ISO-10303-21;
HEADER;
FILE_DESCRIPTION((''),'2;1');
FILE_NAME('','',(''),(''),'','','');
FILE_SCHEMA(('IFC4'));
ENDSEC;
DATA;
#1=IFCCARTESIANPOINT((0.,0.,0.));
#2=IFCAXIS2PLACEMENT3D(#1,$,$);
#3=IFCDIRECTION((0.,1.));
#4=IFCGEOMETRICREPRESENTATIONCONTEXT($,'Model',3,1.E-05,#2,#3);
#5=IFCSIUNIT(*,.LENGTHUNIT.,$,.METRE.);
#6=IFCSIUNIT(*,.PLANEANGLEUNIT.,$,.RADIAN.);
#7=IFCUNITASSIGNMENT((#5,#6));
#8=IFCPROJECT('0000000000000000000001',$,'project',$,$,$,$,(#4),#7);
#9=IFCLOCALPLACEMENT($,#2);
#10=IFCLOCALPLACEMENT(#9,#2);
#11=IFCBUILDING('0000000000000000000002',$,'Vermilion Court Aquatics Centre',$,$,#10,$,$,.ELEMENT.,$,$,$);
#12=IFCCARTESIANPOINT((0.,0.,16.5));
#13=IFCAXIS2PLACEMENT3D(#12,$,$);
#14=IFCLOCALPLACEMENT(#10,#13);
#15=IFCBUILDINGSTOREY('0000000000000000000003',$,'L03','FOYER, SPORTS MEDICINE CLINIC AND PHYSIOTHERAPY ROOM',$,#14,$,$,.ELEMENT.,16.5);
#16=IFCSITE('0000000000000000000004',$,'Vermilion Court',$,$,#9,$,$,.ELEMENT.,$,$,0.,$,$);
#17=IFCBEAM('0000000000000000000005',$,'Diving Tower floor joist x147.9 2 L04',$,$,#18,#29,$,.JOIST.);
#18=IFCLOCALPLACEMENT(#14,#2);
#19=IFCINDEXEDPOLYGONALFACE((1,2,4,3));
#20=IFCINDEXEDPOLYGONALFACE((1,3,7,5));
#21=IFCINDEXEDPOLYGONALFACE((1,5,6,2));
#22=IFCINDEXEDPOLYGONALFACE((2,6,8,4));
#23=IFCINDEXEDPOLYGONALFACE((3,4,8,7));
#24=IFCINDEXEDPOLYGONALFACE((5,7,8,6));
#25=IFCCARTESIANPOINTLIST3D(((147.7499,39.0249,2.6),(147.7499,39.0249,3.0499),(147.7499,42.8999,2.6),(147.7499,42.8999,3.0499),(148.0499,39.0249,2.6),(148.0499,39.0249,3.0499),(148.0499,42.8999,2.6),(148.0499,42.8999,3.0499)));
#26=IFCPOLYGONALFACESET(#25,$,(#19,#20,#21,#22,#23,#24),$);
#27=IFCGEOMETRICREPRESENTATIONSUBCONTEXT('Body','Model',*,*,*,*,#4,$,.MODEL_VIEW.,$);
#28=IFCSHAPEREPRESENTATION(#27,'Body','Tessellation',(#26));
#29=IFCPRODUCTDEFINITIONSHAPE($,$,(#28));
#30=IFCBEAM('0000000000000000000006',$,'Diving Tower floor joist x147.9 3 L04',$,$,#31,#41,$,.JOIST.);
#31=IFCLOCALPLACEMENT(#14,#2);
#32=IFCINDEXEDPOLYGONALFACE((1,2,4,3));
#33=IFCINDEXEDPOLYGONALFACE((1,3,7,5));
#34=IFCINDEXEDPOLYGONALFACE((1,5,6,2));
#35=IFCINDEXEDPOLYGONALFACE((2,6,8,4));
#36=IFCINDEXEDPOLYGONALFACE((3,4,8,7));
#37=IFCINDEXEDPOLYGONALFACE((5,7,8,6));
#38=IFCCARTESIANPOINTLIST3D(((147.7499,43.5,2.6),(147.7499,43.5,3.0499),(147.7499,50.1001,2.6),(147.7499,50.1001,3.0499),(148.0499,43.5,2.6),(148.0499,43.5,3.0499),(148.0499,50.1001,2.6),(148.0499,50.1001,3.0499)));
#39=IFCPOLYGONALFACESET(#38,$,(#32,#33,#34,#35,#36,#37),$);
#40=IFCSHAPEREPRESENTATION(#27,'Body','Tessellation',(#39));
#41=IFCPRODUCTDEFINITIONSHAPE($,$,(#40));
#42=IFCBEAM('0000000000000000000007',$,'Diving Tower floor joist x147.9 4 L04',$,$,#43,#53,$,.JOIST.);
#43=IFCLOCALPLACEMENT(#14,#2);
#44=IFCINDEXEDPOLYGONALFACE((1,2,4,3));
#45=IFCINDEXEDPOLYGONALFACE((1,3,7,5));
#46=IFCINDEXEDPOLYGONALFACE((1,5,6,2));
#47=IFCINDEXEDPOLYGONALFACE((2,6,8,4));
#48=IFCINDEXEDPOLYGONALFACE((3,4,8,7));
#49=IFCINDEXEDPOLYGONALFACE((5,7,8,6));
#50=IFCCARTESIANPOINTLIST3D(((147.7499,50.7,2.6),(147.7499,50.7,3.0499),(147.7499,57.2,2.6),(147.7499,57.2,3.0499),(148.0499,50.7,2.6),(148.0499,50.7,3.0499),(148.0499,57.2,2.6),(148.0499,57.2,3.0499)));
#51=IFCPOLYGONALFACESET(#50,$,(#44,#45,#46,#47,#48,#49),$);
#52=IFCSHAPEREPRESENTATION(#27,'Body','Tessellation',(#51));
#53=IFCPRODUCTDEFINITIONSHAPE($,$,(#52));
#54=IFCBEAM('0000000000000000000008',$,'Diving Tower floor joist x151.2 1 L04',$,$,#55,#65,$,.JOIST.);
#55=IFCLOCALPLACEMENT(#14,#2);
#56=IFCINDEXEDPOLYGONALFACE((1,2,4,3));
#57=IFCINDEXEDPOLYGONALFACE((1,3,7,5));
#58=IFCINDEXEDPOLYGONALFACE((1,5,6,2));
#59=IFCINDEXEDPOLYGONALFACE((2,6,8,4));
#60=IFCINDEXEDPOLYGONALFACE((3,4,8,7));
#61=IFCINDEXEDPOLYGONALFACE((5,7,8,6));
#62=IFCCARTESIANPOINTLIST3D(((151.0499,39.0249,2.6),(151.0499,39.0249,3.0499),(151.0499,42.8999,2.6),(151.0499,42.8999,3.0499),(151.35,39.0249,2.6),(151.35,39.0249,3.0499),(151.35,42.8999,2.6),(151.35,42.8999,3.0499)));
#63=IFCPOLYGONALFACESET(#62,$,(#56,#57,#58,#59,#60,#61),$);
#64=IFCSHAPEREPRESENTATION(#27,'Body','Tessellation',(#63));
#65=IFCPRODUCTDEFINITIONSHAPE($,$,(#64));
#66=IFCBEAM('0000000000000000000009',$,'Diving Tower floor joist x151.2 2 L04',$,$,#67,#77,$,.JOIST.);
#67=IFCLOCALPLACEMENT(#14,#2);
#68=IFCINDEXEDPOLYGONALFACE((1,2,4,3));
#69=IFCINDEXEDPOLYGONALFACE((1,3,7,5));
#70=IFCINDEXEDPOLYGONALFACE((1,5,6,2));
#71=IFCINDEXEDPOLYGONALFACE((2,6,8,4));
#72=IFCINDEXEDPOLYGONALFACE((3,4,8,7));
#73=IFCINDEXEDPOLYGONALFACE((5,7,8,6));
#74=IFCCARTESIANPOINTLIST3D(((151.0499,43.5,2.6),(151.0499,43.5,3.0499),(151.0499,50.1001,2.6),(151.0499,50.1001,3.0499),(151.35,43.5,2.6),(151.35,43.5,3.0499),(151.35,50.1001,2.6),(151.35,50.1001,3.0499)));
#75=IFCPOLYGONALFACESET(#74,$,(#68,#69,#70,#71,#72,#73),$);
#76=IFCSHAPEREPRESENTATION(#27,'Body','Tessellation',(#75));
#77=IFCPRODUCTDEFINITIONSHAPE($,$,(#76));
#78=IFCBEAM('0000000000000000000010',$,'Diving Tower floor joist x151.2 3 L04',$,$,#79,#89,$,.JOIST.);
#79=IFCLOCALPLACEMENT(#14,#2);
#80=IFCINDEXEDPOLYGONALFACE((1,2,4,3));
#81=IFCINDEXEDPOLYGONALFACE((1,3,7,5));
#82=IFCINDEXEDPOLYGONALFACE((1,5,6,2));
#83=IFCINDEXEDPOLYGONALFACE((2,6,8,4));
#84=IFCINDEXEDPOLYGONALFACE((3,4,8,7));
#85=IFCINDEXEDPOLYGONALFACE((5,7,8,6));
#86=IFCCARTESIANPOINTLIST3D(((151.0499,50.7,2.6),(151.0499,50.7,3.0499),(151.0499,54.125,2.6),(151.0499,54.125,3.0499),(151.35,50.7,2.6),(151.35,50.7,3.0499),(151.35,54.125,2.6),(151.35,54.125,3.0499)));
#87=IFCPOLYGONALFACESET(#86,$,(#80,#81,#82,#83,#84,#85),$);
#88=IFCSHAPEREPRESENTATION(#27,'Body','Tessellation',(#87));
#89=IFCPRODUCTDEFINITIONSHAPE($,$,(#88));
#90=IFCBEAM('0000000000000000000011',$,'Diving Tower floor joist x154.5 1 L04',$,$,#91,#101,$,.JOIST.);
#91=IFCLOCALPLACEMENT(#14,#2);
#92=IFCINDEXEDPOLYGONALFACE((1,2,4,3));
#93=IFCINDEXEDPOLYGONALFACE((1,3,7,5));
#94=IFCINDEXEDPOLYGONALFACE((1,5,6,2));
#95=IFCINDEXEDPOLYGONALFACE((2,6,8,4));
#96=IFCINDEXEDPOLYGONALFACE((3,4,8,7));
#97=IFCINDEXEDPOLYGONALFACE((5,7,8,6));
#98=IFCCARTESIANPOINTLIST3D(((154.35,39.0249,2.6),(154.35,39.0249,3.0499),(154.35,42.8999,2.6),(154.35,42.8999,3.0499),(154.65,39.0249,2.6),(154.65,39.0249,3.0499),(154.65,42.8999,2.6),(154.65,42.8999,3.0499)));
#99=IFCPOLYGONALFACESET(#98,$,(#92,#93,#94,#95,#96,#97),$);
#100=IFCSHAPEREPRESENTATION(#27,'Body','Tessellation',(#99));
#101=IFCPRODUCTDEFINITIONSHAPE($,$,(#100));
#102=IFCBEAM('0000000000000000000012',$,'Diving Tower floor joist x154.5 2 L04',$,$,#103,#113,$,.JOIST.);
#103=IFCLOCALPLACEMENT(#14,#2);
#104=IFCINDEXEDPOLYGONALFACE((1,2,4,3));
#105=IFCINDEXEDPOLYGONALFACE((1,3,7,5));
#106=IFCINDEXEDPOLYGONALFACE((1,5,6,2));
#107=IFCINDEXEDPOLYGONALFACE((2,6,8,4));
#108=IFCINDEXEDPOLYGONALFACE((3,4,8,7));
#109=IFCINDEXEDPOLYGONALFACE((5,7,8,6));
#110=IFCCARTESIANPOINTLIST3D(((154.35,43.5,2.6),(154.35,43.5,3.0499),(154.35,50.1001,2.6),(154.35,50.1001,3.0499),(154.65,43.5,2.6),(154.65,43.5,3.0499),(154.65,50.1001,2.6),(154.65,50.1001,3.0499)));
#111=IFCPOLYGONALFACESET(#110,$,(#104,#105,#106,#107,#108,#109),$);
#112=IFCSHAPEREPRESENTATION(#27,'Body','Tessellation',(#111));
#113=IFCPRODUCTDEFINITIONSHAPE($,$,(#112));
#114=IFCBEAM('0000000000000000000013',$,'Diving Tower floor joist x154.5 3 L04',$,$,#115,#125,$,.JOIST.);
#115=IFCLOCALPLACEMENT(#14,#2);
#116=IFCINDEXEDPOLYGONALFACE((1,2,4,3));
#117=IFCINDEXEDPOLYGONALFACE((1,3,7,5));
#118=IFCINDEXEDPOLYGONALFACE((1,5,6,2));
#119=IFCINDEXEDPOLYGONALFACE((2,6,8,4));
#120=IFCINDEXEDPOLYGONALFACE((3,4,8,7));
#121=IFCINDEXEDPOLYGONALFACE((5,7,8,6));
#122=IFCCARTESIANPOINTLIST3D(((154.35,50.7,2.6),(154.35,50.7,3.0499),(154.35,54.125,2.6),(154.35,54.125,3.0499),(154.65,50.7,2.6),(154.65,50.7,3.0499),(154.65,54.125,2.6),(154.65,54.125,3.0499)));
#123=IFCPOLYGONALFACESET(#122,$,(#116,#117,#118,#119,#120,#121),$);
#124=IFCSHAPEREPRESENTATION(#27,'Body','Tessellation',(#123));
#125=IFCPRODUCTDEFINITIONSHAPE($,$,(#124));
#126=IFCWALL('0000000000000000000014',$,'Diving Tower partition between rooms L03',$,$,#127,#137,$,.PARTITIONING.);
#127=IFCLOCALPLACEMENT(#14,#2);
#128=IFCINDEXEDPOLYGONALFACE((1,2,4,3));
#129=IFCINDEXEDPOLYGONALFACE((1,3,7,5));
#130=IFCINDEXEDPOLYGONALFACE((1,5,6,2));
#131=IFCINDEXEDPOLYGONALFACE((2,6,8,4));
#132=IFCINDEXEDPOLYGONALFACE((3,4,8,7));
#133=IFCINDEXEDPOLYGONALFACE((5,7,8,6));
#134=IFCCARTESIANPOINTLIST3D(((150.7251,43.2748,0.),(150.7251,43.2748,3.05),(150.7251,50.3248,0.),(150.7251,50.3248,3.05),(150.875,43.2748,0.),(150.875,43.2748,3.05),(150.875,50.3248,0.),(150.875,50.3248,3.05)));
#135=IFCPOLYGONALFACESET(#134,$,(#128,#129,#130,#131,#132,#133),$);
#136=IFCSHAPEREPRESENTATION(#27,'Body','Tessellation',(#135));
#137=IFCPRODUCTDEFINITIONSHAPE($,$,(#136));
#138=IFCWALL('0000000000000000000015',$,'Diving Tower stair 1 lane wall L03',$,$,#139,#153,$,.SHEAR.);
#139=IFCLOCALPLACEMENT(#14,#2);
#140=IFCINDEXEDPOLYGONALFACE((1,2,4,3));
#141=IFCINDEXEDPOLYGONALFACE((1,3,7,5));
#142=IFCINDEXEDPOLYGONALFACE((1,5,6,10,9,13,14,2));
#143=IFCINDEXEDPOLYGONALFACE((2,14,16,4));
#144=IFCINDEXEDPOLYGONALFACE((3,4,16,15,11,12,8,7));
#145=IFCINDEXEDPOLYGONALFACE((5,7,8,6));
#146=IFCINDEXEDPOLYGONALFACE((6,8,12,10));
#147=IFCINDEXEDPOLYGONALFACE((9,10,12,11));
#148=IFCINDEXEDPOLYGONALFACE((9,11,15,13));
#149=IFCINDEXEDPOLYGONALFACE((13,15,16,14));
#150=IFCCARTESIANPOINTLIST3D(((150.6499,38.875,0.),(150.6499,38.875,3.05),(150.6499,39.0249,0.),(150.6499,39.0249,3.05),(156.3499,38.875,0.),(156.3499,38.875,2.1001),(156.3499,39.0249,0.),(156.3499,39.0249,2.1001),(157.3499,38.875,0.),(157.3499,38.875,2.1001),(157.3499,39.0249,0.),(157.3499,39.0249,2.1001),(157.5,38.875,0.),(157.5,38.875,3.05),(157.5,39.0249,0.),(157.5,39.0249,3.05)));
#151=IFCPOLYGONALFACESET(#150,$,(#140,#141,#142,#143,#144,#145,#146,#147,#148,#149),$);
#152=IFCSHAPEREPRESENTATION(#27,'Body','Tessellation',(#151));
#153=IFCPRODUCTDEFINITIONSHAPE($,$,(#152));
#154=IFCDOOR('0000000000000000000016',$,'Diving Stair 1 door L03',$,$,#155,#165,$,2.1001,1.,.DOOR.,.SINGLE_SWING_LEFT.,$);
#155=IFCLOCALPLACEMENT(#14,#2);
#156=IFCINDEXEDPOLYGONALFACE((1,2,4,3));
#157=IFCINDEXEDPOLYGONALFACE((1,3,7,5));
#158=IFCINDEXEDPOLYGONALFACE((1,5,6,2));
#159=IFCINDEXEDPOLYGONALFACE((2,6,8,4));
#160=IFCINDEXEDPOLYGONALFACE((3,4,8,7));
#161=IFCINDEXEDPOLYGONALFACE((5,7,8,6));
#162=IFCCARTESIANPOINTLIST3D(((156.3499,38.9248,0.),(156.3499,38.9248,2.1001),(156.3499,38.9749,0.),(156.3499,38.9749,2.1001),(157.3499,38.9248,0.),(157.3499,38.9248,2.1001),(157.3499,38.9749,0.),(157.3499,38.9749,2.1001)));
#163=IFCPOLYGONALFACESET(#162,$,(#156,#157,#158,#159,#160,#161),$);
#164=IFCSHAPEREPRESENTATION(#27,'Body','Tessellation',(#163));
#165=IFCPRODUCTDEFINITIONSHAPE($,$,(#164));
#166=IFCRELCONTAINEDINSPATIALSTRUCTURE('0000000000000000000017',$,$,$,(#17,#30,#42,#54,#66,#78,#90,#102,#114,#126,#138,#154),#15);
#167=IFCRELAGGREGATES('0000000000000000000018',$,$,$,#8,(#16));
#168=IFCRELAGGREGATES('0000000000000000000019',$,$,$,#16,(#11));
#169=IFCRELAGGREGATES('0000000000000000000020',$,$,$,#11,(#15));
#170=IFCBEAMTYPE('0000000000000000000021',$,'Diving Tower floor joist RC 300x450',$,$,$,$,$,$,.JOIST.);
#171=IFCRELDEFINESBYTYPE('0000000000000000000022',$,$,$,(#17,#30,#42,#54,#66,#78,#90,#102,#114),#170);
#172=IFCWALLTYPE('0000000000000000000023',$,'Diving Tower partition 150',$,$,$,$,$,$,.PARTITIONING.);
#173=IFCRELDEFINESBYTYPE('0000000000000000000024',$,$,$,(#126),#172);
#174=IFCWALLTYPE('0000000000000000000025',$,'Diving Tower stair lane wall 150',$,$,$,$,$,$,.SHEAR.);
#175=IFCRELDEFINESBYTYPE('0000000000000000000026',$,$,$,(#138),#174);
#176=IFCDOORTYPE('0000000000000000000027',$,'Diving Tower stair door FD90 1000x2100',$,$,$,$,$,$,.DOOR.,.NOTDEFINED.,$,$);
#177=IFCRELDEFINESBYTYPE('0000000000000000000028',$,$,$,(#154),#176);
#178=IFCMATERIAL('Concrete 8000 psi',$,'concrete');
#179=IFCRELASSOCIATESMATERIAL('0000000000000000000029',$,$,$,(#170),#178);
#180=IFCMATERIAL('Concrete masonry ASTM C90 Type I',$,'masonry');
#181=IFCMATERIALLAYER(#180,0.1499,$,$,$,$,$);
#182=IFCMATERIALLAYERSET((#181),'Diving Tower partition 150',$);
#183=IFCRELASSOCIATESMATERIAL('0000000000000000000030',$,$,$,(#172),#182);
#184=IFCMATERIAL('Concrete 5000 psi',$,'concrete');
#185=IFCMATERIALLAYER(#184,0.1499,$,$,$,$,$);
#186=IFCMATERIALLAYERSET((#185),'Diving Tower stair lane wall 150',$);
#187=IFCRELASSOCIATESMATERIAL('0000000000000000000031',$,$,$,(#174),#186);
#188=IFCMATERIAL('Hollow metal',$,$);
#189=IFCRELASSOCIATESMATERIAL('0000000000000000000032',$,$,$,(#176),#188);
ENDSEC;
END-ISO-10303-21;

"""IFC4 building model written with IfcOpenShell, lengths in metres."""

from ifc_helpers import new_model, si_unit, direction, frame, frame_2d, origin, origin_2d, place, context, subcontext, project, spatial, rectangle, extrude, material, layer, layer_set, material_profile, profile_set, type_object, element, fill, save


model = new_model("IFC4")

# Units and contexts
model_context = context("Model", 3, precision=1e-05, world=origin(), true_north=direction((0.0, 1.0)))
body_context = subcontext(model_context, "Body", "Model", "MODEL_VIEW")
ifc_project = project(units=[si_unit("LENGTHUNIT", "METRE"), si_unit("PLANEANGLEUNIT", "RADIAN")], contexts=[model_context])

# Site, building, storey
site_placement = place(None, origin())
site = spatial("IfcSite", under=ifc_project, at=site_placement, Name="Vermilion Court", CompositionType="ELEMENT", RefElevation=0.0)
building_placement = place(site_placement, origin())
building = spatial("IfcBuilding", under=site, at=building_placement, Name="Vermilion Court Aquatics Centre", CompositionType="ELEMENT")
storey_placement = place(building_placement, frame((0.0, 0.0, 16.5)))
storey = spatial("IfcBuildingStorey", under=building, at=storey_placement, Name="L03", Description="FOYER, SPORTS MEDICINE CLINIC AND PHYSIOTHERAPY ROOM", CompositionType="ELEMENT", Elevation=16.5)

# Beams
ifc_material_1 = material(Name="Concrete 8000 psi", Category="concrete")
ifc_material_profile = material_profile(ifc_material_1, rectangle(XDim=0.3, YDim=0.45, at=origin_2d()), Name="RC 300x450")
ifc_profile_set = profile_set([ifc_material_profile], Name="Concrete 8000 psi")
beam_type = type_object("IfcBeamType", Name="Diving Tower floor joist RC 300x450", PredefinedType="JOIST", material=ifc_profile_set)
beam_1_placement = place(storey_placement, frame((147.8999, 39.0249, 2.825), z_axis=(0.0, 1.0, 0.0), x_axis=(-1.0, 0.0, 0.0)))
element("IfcBeam", 1, at=beam_1_placement, inside=storey, type_object=beam_type, Name="Diving Tower floor joist x147.9 2 L04", PredefinedType="JOIST", context=body_context, shape_type="SweptSolid", body=[
    extrude(rectangle(XDim=0.3, YDim=0.45, at=origin_2d()), origin(), (0.0, 0.0, 1.0), 3.875),
])
beam_2_placement = place(storey_placement, frame((147.8999, 43.5, 2.825), z_axis=(0.0, 1.0, 0.0), x_axis=(-1.0, 0.0, 0.0)))
element("IfcBeam", 2, at=beam_2_placement, inside=storey, type_object=beam_type, Name="Diving Tower floor joist x147.9 3 L04", PredefinedType="JOIST", context=body_context, shape_type="SweptSolid", body=[
    extrude(rectangle(XDim=0.3, YDim=0.45, at=origin_2d()), origin(), (0.0, 0.0, 1.0), 6.6001),
])
beam_3_placement = place(storey_placement, frame((147.8999, 50.7, 2.825), z_axis=(0.0, 1.0, 0.0), x_axis=(-1.0, 0.0, 0.0)))
element("IfcBeam", 3, at=beam_3_placement, inside=storey, type_object=beam_type, Name="Diving Tower floor joist x147.9 4 L04", PredefinedType="JOIST", context=body_context, shape_type="SweptSolid", body=[
    extrude(rectangle(XDim=0.3, YDim=0.45, at=origin_2d()), origin(), (0.0, 0.0, 1.0), 6.5),
])
beam_4_placement = place(storey_placement, frame((151.2, 39.0249, 2.825), z_axis=(0.0, 1.0, 0.0), x_axis=(-1.0, 0.0, 0.0)))
element("IfcBeam", 4, at=beam_4_placement, inside=storey, type_object=beam_type, Name="Diving Tower floor joist x151.2 1 L04", PredefinedType="JOIST", context=body_context, shape_type="SweptSolid", body=[
    extrude(rectangle(XDim=0.3, YDim=0.45, at=origin_2d()), origin(), (0.0, 0.0, 1.0), 3.875),
])
beam_5_placement = place(storey_placement, frame((151.2, 43.5, 2.825), z_axis=(0.0, 1.0, 0.0), x_axis=(-1.0, 0.0, 0.0)))
element("IfcBeam", 5, at=beam_5_placement, inside=storey, type_object=beam_type, Name="Diving Tower floor joist x151.2 2 L04", PredefinedType="JOIST", context=body_context, shape_type="SweptSolid", body=[
    extrude(rectangle(XDim=0.3, YDim=0.45, at=origin_2d()), origin(), (0.0, 0.0, 1.0), 6.6001),
])
beam_6_placement = place(storey_placement, frame((151.2, 50.7, 2.825), z_axis=(0.0, 1.0, 0.0), x_axis=(-1.0, 0.0, 0.0)))
element("IfcBeam", 6, at=beam_6_placement, inside=storey, type_object=beam_type, Name="Diving Tower floor joist x151.2 3 L04", PredefinedType="JOIST", context=body_context, shape_type="SweptSolid", body=[
    extrude(rectangle(XDim=0.3, YDim=0.45, at=origin_2d()), origin(), (0.0, 0.0, 1.0), 3.425),
])
beam_7_placement = place(storey_placement, frame((154.5, 39.0249, 2.825), z_axis=(0.0, 1.0, 0.0), x_axis=(-1.0, 0.0, 0.0)))
element("IfcBeam", 7, at=beam_7_placement, inside=storey, type_object=beam_type, Name="Diving Tower floor joist x154.5 1 L04", PredefinedType="JOIST", context=body_context, shape_type="SweptSolid", body=[
    extrude(rectangle(XDim=0.3, YDim=0.45, at=origin_2d()), origin(), (0.0, 0.0, 1.0), 3.875),
])
beam_8_placement = place(storey_placement, frame((154.5, 43.5, 2.825), z_axis=(0.0, 1.0, 0.0), x_axis=(-1.0, 0.0, 0.0)))
element("IfcBeam", 8, at=beam_8_placement, inside=storey, type_object=beam_type, Name="Diving Tower floor joist x154.5 2 L04", PredefinedType="JOIST", context=body_context, shape_type="SweptSolid", body=[
    extrude(rectangle(XDim=0.3, YDim=0.45, at=origin_2d()), origin(), (0.0, 0.0, 1.0), 6.6001),
])
beam_9_placement = place(storey_placement, frame((154.5, 50.7, 2.825), z_axis=(0.0, 1.0, 0.0), x_axis=(-1.0, 0.0, 0.0)))
element("IfcBeam", 9, at=beam_9_placement, inside=storey, type_object=beam_type, Name="Diving Tower floor joist x154.5 3 L04", PredefinedType="JOIST", context=body_context, shape_type="SweptSolid", body=[
    extrude(rectangle(XDim=0.3, YDim=0.45, at=origin_2d()), origin(), (0.0, 0.0, 1.0), 3.425),
])

# Wall
ifc_material_2 = material(Name="Concrete masonry ASTM C90 Type I", Category="masonry")
ifc_layer_1 = layer(ifc_material_2, 0.1499)
ifc_layer_set_1 = layer_set([ifc_layer_1], Name="Diving Tower partition 150")
wall_type_1 = type_object("IfcWallType", Name="Diving Tower partition 150", PredefinedType="PARTITIONING", material=ifc_layer_set_1)
wall_1_placement = place(storey_placement, frame((150.8, 43.2749, 0.0), z_axis=(0.0, 0.0, 1.0), x_axis=(0.0, 1.0, 0.0)))
element("IfcWall", 10, at=wall_1_placement, inside=storey, type_object=wall_type_1, Name="Diving Tower partition between rooms L03", PredefinedType="PARTITIONING", context=body_context, shape_type="SweptSolid", body=[
    extrude(rectangle(XDim=7.05, YDim=0.1499, at=frame_2d((3.5249, 0.0))), origin(), (0.0, 0.0, 1.0), 3.05),
])

# Wall, opening, door
ifc_material_3 = material(Name="Concrete 5000 psi", Category="concrete")
ifc_layer_2 = layer(ifc_material_3, 0.1499)
ifc_layer_set_2 = layer_set([ifc_layer_2], Name="Diving Tower stair lane wall 150")
wall_type_2 = type_object("IfcWallType", Name="Diving Tower stair lane wall 150", PredefinedType="SHEAR", material=ifc_layer_set_2)
wall_2_placement = place(storey_placement, frame((150.6499, 38.95, 0.0), z_axis=(0.0, 0.0, 1.0), x_axis=(1.0, 0.0, 0.0)))
wall_2 = element("IfcWall", 11, at=wall_2_placement, inside=storey, type_object=wall_type_2, Name="Diving Tower stair 1 lane wall L03", PredefinedType="SHEAR", context=body_context, shape_type="SweptSolid", body=[
    extrude(rectangle(XDim=6.8501, YDim=0.1499, at=frame_2d((3.425, 0.0))), origin(), (0.0, 0.0, 1.0), 3.05),
])
opening_1_placement = place(wall_2_placement, frame((5.7, 0.0, 0.0)))
opening_1 = element("IfcOpeningElement", 12, at=opening_1_placement, cuts=wall_2, PredefinedType="OPENING", context=body_context, shape_type="SweptSolid", body=[
    extrude(rectangle(XDim=1.0, YDim=2.1001, at=frame_2d((0.5, 1.05))), frame((0.0, 0.085, 0.0), z_axis=(0.0, -1.0, 0.0), x_axis=(1.0, 0.0, 0.0)), (0.0, 0.0, 1.0), 0.1699),
])
ifc_material_4 = material(Name="Hollow metal")
door_type_1 = type_object("IfcDoorType", Name="Diving Tower stair door FD90 1000x2100", OperationType="NOTDEFINED", PredefinedType="DOOR", material=ifc_material_4)
door_1_placement = place(opening_1_placement, frame((1.0, 0.0, 0.0), z_axis=(0.0, 0.0, 1.0), x_axis=(-1.0, 0.0, 0.0)))
door_1 = element("IfcDoor", 13, at=door_1_placement, inside=storey, type_object=door_type_1, Name="Diving Stair 1 door L03", OperationType="SINGLE_SWING_LEFT", OverallHeight=2.1001, OverallWidth=1.0, PredefinedType="DOOR", context=body_context, shape_type="SweptSolid", body=[
    extrude(rectangle(XDim=1.0, YDim=2.1001, at=frame_2d((0.5, 1.05))), frame((0.0, 0.0251, 0.0), z_axis=(0.0, -1.0, 0.0), x_axis=(1.0, 0.0, 0.0)), (0.0, 0.0, 1.0), 0.05),
])
fill(opening_1, door_1)

save(model, "model.ifc")
